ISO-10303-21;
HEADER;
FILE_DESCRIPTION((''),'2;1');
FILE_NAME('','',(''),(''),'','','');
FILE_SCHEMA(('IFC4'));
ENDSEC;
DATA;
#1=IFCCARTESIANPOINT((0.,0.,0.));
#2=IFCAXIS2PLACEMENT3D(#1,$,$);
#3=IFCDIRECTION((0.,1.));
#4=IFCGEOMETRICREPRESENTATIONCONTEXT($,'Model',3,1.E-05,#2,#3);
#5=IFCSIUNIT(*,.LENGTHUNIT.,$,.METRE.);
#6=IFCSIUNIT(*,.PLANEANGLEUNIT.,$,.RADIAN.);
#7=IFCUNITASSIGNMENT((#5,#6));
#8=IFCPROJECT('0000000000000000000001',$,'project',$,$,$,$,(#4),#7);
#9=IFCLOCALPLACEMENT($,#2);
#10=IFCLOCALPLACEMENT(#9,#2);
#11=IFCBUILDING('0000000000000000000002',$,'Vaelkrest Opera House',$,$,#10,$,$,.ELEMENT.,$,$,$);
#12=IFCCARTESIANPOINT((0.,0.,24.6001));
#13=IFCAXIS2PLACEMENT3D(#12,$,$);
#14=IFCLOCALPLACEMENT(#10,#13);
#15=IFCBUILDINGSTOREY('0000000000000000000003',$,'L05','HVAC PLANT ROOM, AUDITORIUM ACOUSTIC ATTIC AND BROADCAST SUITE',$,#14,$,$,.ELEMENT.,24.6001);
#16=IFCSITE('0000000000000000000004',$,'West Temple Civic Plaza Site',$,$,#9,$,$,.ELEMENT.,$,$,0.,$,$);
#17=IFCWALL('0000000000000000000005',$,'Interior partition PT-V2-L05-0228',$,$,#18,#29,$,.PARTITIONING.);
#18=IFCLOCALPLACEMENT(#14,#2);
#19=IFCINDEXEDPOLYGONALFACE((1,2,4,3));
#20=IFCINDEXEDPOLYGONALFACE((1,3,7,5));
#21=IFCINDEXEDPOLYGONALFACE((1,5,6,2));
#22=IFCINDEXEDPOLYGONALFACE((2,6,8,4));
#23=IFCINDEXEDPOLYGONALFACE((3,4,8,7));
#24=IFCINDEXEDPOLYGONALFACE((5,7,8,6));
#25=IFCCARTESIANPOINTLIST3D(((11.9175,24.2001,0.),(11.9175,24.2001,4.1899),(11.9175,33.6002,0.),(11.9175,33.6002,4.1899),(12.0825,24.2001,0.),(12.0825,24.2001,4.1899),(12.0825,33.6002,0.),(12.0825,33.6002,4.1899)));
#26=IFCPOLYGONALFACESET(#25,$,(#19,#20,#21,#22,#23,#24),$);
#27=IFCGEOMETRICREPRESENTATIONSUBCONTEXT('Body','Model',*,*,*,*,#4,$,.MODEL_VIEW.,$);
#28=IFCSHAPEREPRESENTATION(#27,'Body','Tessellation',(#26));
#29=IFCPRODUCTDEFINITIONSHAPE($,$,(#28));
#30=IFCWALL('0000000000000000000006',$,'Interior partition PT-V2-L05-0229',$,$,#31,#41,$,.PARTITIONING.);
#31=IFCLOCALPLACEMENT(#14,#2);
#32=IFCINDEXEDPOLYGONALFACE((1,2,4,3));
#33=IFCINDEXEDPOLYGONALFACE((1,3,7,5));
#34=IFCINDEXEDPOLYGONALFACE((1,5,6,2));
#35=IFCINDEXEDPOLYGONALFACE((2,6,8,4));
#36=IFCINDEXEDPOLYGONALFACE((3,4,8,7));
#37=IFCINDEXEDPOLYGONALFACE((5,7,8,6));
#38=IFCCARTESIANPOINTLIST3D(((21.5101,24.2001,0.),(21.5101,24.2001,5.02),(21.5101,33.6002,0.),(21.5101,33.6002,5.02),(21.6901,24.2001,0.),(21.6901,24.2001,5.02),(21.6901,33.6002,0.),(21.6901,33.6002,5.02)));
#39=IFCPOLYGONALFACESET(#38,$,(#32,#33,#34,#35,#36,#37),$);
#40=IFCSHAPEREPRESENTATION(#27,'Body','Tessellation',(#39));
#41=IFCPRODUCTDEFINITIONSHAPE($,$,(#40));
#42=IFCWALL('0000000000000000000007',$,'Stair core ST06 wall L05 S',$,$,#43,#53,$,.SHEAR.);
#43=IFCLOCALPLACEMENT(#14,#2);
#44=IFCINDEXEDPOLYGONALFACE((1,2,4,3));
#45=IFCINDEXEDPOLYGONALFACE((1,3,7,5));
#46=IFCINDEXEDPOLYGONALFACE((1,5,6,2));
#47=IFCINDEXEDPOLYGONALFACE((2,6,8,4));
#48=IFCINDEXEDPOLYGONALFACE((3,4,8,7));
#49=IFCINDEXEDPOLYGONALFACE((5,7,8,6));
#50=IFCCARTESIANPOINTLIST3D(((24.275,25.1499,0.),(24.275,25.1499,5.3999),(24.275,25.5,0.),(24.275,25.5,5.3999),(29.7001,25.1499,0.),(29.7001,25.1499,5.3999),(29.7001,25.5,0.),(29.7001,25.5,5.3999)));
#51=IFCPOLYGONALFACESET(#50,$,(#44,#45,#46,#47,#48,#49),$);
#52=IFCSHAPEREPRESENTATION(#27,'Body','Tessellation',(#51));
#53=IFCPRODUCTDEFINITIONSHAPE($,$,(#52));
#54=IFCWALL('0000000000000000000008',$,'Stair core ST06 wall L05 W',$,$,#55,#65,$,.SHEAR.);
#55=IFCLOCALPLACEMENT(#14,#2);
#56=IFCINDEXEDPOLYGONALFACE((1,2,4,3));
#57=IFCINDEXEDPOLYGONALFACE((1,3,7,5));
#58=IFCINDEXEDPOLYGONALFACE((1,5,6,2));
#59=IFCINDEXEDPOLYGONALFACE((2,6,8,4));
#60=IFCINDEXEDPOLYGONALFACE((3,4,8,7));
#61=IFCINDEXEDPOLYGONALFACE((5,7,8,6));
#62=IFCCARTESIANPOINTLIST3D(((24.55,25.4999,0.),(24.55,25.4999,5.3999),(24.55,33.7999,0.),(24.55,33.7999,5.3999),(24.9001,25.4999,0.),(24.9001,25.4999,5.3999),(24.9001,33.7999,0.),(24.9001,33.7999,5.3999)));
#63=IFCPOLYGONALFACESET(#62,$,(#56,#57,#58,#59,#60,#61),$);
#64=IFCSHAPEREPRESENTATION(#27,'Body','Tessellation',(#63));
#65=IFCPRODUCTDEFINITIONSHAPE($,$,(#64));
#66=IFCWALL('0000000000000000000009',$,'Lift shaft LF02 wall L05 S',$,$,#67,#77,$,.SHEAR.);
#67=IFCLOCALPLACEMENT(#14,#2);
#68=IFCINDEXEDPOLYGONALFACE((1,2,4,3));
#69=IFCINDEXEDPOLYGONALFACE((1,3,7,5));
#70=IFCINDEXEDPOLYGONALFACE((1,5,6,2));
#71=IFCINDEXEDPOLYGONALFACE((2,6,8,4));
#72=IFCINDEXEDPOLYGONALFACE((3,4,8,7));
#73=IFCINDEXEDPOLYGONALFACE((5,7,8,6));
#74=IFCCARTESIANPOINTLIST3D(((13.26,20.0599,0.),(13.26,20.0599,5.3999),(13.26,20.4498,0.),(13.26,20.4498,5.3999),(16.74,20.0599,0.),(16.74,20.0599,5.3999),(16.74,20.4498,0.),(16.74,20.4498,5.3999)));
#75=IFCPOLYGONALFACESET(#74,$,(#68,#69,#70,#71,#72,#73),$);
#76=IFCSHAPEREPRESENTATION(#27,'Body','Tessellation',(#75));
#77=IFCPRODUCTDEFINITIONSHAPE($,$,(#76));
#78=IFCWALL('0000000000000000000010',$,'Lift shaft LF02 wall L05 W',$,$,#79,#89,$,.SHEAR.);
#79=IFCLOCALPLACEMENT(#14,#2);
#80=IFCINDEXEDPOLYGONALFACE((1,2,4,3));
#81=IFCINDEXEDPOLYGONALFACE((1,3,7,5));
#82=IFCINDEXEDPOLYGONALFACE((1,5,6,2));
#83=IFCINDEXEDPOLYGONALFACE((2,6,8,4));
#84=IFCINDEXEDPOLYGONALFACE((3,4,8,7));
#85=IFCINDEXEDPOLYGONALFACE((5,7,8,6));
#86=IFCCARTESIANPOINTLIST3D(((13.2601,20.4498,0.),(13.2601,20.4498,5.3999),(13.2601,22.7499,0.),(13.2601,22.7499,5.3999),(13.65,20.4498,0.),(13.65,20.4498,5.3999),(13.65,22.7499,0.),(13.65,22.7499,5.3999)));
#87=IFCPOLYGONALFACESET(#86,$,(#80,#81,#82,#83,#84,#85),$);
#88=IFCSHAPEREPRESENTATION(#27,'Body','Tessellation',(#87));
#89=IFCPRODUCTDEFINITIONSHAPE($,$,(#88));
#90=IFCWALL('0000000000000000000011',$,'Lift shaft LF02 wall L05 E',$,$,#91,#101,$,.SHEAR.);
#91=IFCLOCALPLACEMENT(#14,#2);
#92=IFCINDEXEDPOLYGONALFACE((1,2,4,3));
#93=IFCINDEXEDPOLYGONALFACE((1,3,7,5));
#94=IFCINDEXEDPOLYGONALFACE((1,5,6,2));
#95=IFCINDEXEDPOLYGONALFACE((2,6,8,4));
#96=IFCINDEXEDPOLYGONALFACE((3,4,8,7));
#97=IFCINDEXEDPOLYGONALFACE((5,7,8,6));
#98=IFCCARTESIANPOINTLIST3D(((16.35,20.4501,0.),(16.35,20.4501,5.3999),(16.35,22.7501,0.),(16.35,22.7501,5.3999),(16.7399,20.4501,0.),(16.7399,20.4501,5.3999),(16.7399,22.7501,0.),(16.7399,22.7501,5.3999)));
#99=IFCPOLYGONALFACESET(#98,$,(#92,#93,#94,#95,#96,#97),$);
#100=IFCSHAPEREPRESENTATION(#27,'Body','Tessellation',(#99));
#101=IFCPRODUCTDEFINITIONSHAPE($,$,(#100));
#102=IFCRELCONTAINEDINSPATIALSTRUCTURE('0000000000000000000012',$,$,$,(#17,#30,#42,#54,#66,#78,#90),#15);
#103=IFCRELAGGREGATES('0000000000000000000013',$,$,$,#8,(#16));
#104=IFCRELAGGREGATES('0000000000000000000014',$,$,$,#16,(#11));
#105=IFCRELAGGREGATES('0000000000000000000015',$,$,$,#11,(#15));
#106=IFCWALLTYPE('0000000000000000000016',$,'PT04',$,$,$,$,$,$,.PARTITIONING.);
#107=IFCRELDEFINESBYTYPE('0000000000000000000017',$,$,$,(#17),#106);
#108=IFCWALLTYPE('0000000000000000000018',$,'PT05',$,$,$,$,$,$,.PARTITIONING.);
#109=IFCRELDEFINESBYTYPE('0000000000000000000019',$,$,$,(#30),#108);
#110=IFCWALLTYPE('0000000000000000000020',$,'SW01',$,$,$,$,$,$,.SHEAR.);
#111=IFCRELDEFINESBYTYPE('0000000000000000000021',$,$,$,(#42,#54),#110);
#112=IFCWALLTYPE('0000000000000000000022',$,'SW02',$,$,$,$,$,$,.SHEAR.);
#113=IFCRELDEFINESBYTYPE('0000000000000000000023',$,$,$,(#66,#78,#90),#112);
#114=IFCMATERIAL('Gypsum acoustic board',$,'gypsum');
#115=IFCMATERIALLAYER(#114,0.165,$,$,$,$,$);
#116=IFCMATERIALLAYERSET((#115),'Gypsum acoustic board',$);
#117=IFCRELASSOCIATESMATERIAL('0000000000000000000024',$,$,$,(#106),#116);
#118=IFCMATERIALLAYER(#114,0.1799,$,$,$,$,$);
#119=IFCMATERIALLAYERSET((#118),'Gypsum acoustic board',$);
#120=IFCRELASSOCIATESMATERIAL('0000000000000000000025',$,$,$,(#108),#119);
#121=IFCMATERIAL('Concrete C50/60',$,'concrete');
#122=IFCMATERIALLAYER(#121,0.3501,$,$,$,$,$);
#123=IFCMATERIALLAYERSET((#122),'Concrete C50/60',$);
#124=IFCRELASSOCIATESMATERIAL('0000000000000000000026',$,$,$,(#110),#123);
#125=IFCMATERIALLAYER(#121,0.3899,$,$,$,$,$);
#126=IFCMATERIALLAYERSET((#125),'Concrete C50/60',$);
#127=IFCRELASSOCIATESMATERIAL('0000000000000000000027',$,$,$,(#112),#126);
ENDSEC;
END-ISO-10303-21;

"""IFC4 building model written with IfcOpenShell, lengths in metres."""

from ifc_helpers import new_model, si_unit, direction, frame, frame_2d, origin, place, context, subcontext, project, spatial, rectangle, extrude, material, layer, layer_set, type_object, element, save


model = new_model("IFC4")

# Units and contexts
model_context = context("Model", 3, precision=1e-05, world=origin(), true_north=direction((0.0, 1.0)))
body_context = subcontext(model_context, "Body", "Model", "MODEL_VIEW")
ifc_project = project(units=[si_unit("LENGTHUNIT", "METRE"), si_unit("PLANEANGLEUNIT", "RADIAN")], contexts=[model_context])

# Site, building, storey
site_placement = place(None, origin())
site = spatial("IfcSite", under=ifc_project, at=site_placement, Name="West Temple Civic Plaza Site", CompositionType="ELEMENT", RefElevation=0.0)
building_placement = place(site_placement, origin())
building = spatial("IfcBuilding", under=site, at=building_placement, Name="Vaelkrest Opera House", CompositionType="ELEMENT")
storey_placement = place(building_placement, frame((0.0, 0.0, 24.6001)))
storey = spatial("IfcBuildingStorey", under=building, at=storey_placement, Name="L05", Description="HVAC PLANT ROOM, AUDITORIUM ACOUSTIC ATTIC AND BROADCAST SUITE", CompositionType="ELEMENT", Elevation=24.6001)

# Shared definitions
ifc_material_1 = material(Name="Concrete C50/60", Category="concrete")

# Walls
ifc_material_2 = material(Name="Gypsum acoustic board", Category="gypsum")
ifc_layer_1 = layer(ifc_material_2, 0.165)
ifc_layer_set_1 = layer_set([ifc_layer_1], Name="Gypsum acoustic board")
wall_type_1 = type_object("IfcWallType", Name="PT04", PredefinedType="PARTITIONING", material=ifc_layer_set_1)
wall_1_placement = place(storey_placement, frame((12.0, 24.2, 0.0), z_axis=(0.0, 0.0, 1.0), x_axis=(0.0, 1.0, 0.0)))
element("IfcWall", 1, at=wall_1_placement, inside=storey, type_object=wall_type_1, Name="Interior partition PT-V2-L05-0228", PredefinedType="PARTITIONING", context=body_context, shape_type="SweptSolid", body=[
    extrude(rectangle(XDim=9.4001, YDim=0.165, at=frame_2d((4.7002, 0.0))), origin(), (0.0, 0.0, 1.0), 4.1899),
])
ifc_layer_2 = layer(ifc_material_2, 0.1799)
ifc_layer_set_2 = layer_set([ifc_layer_2], Name="Gypsum acoustic board")
wall_type_2 = type_object("IfcWallType", Name="PT05", PredefinedType="PARTITIONING", material=ifc_layer_set_2)
wall_2_placement = place(storey_placement, frame((21.6001, 24.2, 0.0), z_axis=(0.0, 0.0, 1.0), x_axis=(0.0, 1.0, 0.0)))
element("IfcWall", 2, at=wall_2_placement, inside=storey, type_object=wall_type_2, Name="Interior partition PT-V2-L05-0229", PredefinedType="PARTITIONING", context=body_context, shape_type="SweptSolid", body=[
    extrude(rectangle(XDim=9.4001, YDim=0.1799, at=frame_2d((4.7002, 0.0))), origin(), (0.0, 0.0, 1.0), 5.02),
])
ifc_layer_3 = layer(ifc_material_1, 0.3501)
ifc_layer_set_3 = layer_set([ifc_layer_3], Name="Concrete C50/60")
wall_type_3 = type_object("IfcWallType", Name="SW01", PredefinedType="SHEAR", material=ifc_layer_set_3)
wall_3_placement = place(storey_placement, frame((29.7, 25.325, 0.0), z_axis=(0.0, 0.0, 1.0), x_axis=(-1.0, 0.0, 0.0)))
element("IfcWall", 3, at=wall_3_placement, inside=storey, type_object=wall_type_3, Name="Stair core ST06 wall L05 S", PredefinedType="SHEAR", context=body_context, shape_type="SweptSolid", body=[
    extrude(rectangle(XDim=5.425, YDim=0.3501, at=frame_2d((2.7124, 0.0))), origin(), (0.0, 0.0, 1.0), 5.3999),
])
wall_4_placement = place(storey_placement, frame((24.7251, 25.5, 0.0), z_axis=(0.0, 0.0, 1.0), x_axis=(0.0, 1.0, 0.0)))
element("IfcWall", 4, at=wall_4_placement, inside=storey, type_object=wall_type_3, Name="Stair core ST06 wall L05 W", PredefinedType="SHEAR", context=body_context, shape_type="SweptSolid", body=[
    extrude(rectangle(XDim=8.3, YDim=0.3501, at=frame_2d((4.1499, 0.0))), origin(), (0.0, 0.0, 1.0), 5.3999),
])
ifc_layer_4 = layer(ifc_material_1, 0.3899)
ifc_layer_set_4 = layer_set([ifc_layer_4], Name="Concrete C50/60")
wall_type_4 = type_object("IfcWallType", Name="SW02", PredefinedType="SHEAR", material=ifc_layer_set_4)
wall_5_placement = place(storey_placement, frame((16.74, 20.2549, 0.0), z_axis=(0.0, 0.0, 1.0), x_axis=(-1.0, 0.0, 0.0)))
element("IfcWall", 5, at=wall_5_placement, inside=storey, type_object=wall_type_4, Name="Lift shaft LF02 wall L05 S", PredefinedType="SHEAR", context=body_context, shape_type="SweptSolid", body=[
    extrude(rectangle(XDim=3.48, YDim=0.3899, at=frame_2d((1.74, 0.0))), origin(), (0.0, 0.0, 1.0), 5.3999),
])

# Walls
for number, where, z_axis, x_axis, name in (
    (6, (13.4551, 20.45, 0.0), (0.0, 0.0, 1.0), (0.0, 1.0, 0.0), "Lift shaft LF02 wall L05 W"),
    (7, (16.5449, 22.75, 0.0), (0.0, 0.0, 1.0), (0.0, -1.0, 0.0), "Lift shaft LF02 wall L05 E"),
):
    element("IfcWall", number, at=place(storey_placement, frame(where, z_axis=z_axis, x_axis=x_axis)), inside=storey, type_object=wall_type_4, Name=name, PredefinedType="SHEAR", context=body_context, shape_type="SweptSolid", body=[
        extrude(rectangle(XDim=2.3, YDim=0.3899, at=frame_2d((1.1499, 0.0))), origin(), (0.0, 0.0, 1.0), 5.3999),
    ])

save(model, "model.ifc")
